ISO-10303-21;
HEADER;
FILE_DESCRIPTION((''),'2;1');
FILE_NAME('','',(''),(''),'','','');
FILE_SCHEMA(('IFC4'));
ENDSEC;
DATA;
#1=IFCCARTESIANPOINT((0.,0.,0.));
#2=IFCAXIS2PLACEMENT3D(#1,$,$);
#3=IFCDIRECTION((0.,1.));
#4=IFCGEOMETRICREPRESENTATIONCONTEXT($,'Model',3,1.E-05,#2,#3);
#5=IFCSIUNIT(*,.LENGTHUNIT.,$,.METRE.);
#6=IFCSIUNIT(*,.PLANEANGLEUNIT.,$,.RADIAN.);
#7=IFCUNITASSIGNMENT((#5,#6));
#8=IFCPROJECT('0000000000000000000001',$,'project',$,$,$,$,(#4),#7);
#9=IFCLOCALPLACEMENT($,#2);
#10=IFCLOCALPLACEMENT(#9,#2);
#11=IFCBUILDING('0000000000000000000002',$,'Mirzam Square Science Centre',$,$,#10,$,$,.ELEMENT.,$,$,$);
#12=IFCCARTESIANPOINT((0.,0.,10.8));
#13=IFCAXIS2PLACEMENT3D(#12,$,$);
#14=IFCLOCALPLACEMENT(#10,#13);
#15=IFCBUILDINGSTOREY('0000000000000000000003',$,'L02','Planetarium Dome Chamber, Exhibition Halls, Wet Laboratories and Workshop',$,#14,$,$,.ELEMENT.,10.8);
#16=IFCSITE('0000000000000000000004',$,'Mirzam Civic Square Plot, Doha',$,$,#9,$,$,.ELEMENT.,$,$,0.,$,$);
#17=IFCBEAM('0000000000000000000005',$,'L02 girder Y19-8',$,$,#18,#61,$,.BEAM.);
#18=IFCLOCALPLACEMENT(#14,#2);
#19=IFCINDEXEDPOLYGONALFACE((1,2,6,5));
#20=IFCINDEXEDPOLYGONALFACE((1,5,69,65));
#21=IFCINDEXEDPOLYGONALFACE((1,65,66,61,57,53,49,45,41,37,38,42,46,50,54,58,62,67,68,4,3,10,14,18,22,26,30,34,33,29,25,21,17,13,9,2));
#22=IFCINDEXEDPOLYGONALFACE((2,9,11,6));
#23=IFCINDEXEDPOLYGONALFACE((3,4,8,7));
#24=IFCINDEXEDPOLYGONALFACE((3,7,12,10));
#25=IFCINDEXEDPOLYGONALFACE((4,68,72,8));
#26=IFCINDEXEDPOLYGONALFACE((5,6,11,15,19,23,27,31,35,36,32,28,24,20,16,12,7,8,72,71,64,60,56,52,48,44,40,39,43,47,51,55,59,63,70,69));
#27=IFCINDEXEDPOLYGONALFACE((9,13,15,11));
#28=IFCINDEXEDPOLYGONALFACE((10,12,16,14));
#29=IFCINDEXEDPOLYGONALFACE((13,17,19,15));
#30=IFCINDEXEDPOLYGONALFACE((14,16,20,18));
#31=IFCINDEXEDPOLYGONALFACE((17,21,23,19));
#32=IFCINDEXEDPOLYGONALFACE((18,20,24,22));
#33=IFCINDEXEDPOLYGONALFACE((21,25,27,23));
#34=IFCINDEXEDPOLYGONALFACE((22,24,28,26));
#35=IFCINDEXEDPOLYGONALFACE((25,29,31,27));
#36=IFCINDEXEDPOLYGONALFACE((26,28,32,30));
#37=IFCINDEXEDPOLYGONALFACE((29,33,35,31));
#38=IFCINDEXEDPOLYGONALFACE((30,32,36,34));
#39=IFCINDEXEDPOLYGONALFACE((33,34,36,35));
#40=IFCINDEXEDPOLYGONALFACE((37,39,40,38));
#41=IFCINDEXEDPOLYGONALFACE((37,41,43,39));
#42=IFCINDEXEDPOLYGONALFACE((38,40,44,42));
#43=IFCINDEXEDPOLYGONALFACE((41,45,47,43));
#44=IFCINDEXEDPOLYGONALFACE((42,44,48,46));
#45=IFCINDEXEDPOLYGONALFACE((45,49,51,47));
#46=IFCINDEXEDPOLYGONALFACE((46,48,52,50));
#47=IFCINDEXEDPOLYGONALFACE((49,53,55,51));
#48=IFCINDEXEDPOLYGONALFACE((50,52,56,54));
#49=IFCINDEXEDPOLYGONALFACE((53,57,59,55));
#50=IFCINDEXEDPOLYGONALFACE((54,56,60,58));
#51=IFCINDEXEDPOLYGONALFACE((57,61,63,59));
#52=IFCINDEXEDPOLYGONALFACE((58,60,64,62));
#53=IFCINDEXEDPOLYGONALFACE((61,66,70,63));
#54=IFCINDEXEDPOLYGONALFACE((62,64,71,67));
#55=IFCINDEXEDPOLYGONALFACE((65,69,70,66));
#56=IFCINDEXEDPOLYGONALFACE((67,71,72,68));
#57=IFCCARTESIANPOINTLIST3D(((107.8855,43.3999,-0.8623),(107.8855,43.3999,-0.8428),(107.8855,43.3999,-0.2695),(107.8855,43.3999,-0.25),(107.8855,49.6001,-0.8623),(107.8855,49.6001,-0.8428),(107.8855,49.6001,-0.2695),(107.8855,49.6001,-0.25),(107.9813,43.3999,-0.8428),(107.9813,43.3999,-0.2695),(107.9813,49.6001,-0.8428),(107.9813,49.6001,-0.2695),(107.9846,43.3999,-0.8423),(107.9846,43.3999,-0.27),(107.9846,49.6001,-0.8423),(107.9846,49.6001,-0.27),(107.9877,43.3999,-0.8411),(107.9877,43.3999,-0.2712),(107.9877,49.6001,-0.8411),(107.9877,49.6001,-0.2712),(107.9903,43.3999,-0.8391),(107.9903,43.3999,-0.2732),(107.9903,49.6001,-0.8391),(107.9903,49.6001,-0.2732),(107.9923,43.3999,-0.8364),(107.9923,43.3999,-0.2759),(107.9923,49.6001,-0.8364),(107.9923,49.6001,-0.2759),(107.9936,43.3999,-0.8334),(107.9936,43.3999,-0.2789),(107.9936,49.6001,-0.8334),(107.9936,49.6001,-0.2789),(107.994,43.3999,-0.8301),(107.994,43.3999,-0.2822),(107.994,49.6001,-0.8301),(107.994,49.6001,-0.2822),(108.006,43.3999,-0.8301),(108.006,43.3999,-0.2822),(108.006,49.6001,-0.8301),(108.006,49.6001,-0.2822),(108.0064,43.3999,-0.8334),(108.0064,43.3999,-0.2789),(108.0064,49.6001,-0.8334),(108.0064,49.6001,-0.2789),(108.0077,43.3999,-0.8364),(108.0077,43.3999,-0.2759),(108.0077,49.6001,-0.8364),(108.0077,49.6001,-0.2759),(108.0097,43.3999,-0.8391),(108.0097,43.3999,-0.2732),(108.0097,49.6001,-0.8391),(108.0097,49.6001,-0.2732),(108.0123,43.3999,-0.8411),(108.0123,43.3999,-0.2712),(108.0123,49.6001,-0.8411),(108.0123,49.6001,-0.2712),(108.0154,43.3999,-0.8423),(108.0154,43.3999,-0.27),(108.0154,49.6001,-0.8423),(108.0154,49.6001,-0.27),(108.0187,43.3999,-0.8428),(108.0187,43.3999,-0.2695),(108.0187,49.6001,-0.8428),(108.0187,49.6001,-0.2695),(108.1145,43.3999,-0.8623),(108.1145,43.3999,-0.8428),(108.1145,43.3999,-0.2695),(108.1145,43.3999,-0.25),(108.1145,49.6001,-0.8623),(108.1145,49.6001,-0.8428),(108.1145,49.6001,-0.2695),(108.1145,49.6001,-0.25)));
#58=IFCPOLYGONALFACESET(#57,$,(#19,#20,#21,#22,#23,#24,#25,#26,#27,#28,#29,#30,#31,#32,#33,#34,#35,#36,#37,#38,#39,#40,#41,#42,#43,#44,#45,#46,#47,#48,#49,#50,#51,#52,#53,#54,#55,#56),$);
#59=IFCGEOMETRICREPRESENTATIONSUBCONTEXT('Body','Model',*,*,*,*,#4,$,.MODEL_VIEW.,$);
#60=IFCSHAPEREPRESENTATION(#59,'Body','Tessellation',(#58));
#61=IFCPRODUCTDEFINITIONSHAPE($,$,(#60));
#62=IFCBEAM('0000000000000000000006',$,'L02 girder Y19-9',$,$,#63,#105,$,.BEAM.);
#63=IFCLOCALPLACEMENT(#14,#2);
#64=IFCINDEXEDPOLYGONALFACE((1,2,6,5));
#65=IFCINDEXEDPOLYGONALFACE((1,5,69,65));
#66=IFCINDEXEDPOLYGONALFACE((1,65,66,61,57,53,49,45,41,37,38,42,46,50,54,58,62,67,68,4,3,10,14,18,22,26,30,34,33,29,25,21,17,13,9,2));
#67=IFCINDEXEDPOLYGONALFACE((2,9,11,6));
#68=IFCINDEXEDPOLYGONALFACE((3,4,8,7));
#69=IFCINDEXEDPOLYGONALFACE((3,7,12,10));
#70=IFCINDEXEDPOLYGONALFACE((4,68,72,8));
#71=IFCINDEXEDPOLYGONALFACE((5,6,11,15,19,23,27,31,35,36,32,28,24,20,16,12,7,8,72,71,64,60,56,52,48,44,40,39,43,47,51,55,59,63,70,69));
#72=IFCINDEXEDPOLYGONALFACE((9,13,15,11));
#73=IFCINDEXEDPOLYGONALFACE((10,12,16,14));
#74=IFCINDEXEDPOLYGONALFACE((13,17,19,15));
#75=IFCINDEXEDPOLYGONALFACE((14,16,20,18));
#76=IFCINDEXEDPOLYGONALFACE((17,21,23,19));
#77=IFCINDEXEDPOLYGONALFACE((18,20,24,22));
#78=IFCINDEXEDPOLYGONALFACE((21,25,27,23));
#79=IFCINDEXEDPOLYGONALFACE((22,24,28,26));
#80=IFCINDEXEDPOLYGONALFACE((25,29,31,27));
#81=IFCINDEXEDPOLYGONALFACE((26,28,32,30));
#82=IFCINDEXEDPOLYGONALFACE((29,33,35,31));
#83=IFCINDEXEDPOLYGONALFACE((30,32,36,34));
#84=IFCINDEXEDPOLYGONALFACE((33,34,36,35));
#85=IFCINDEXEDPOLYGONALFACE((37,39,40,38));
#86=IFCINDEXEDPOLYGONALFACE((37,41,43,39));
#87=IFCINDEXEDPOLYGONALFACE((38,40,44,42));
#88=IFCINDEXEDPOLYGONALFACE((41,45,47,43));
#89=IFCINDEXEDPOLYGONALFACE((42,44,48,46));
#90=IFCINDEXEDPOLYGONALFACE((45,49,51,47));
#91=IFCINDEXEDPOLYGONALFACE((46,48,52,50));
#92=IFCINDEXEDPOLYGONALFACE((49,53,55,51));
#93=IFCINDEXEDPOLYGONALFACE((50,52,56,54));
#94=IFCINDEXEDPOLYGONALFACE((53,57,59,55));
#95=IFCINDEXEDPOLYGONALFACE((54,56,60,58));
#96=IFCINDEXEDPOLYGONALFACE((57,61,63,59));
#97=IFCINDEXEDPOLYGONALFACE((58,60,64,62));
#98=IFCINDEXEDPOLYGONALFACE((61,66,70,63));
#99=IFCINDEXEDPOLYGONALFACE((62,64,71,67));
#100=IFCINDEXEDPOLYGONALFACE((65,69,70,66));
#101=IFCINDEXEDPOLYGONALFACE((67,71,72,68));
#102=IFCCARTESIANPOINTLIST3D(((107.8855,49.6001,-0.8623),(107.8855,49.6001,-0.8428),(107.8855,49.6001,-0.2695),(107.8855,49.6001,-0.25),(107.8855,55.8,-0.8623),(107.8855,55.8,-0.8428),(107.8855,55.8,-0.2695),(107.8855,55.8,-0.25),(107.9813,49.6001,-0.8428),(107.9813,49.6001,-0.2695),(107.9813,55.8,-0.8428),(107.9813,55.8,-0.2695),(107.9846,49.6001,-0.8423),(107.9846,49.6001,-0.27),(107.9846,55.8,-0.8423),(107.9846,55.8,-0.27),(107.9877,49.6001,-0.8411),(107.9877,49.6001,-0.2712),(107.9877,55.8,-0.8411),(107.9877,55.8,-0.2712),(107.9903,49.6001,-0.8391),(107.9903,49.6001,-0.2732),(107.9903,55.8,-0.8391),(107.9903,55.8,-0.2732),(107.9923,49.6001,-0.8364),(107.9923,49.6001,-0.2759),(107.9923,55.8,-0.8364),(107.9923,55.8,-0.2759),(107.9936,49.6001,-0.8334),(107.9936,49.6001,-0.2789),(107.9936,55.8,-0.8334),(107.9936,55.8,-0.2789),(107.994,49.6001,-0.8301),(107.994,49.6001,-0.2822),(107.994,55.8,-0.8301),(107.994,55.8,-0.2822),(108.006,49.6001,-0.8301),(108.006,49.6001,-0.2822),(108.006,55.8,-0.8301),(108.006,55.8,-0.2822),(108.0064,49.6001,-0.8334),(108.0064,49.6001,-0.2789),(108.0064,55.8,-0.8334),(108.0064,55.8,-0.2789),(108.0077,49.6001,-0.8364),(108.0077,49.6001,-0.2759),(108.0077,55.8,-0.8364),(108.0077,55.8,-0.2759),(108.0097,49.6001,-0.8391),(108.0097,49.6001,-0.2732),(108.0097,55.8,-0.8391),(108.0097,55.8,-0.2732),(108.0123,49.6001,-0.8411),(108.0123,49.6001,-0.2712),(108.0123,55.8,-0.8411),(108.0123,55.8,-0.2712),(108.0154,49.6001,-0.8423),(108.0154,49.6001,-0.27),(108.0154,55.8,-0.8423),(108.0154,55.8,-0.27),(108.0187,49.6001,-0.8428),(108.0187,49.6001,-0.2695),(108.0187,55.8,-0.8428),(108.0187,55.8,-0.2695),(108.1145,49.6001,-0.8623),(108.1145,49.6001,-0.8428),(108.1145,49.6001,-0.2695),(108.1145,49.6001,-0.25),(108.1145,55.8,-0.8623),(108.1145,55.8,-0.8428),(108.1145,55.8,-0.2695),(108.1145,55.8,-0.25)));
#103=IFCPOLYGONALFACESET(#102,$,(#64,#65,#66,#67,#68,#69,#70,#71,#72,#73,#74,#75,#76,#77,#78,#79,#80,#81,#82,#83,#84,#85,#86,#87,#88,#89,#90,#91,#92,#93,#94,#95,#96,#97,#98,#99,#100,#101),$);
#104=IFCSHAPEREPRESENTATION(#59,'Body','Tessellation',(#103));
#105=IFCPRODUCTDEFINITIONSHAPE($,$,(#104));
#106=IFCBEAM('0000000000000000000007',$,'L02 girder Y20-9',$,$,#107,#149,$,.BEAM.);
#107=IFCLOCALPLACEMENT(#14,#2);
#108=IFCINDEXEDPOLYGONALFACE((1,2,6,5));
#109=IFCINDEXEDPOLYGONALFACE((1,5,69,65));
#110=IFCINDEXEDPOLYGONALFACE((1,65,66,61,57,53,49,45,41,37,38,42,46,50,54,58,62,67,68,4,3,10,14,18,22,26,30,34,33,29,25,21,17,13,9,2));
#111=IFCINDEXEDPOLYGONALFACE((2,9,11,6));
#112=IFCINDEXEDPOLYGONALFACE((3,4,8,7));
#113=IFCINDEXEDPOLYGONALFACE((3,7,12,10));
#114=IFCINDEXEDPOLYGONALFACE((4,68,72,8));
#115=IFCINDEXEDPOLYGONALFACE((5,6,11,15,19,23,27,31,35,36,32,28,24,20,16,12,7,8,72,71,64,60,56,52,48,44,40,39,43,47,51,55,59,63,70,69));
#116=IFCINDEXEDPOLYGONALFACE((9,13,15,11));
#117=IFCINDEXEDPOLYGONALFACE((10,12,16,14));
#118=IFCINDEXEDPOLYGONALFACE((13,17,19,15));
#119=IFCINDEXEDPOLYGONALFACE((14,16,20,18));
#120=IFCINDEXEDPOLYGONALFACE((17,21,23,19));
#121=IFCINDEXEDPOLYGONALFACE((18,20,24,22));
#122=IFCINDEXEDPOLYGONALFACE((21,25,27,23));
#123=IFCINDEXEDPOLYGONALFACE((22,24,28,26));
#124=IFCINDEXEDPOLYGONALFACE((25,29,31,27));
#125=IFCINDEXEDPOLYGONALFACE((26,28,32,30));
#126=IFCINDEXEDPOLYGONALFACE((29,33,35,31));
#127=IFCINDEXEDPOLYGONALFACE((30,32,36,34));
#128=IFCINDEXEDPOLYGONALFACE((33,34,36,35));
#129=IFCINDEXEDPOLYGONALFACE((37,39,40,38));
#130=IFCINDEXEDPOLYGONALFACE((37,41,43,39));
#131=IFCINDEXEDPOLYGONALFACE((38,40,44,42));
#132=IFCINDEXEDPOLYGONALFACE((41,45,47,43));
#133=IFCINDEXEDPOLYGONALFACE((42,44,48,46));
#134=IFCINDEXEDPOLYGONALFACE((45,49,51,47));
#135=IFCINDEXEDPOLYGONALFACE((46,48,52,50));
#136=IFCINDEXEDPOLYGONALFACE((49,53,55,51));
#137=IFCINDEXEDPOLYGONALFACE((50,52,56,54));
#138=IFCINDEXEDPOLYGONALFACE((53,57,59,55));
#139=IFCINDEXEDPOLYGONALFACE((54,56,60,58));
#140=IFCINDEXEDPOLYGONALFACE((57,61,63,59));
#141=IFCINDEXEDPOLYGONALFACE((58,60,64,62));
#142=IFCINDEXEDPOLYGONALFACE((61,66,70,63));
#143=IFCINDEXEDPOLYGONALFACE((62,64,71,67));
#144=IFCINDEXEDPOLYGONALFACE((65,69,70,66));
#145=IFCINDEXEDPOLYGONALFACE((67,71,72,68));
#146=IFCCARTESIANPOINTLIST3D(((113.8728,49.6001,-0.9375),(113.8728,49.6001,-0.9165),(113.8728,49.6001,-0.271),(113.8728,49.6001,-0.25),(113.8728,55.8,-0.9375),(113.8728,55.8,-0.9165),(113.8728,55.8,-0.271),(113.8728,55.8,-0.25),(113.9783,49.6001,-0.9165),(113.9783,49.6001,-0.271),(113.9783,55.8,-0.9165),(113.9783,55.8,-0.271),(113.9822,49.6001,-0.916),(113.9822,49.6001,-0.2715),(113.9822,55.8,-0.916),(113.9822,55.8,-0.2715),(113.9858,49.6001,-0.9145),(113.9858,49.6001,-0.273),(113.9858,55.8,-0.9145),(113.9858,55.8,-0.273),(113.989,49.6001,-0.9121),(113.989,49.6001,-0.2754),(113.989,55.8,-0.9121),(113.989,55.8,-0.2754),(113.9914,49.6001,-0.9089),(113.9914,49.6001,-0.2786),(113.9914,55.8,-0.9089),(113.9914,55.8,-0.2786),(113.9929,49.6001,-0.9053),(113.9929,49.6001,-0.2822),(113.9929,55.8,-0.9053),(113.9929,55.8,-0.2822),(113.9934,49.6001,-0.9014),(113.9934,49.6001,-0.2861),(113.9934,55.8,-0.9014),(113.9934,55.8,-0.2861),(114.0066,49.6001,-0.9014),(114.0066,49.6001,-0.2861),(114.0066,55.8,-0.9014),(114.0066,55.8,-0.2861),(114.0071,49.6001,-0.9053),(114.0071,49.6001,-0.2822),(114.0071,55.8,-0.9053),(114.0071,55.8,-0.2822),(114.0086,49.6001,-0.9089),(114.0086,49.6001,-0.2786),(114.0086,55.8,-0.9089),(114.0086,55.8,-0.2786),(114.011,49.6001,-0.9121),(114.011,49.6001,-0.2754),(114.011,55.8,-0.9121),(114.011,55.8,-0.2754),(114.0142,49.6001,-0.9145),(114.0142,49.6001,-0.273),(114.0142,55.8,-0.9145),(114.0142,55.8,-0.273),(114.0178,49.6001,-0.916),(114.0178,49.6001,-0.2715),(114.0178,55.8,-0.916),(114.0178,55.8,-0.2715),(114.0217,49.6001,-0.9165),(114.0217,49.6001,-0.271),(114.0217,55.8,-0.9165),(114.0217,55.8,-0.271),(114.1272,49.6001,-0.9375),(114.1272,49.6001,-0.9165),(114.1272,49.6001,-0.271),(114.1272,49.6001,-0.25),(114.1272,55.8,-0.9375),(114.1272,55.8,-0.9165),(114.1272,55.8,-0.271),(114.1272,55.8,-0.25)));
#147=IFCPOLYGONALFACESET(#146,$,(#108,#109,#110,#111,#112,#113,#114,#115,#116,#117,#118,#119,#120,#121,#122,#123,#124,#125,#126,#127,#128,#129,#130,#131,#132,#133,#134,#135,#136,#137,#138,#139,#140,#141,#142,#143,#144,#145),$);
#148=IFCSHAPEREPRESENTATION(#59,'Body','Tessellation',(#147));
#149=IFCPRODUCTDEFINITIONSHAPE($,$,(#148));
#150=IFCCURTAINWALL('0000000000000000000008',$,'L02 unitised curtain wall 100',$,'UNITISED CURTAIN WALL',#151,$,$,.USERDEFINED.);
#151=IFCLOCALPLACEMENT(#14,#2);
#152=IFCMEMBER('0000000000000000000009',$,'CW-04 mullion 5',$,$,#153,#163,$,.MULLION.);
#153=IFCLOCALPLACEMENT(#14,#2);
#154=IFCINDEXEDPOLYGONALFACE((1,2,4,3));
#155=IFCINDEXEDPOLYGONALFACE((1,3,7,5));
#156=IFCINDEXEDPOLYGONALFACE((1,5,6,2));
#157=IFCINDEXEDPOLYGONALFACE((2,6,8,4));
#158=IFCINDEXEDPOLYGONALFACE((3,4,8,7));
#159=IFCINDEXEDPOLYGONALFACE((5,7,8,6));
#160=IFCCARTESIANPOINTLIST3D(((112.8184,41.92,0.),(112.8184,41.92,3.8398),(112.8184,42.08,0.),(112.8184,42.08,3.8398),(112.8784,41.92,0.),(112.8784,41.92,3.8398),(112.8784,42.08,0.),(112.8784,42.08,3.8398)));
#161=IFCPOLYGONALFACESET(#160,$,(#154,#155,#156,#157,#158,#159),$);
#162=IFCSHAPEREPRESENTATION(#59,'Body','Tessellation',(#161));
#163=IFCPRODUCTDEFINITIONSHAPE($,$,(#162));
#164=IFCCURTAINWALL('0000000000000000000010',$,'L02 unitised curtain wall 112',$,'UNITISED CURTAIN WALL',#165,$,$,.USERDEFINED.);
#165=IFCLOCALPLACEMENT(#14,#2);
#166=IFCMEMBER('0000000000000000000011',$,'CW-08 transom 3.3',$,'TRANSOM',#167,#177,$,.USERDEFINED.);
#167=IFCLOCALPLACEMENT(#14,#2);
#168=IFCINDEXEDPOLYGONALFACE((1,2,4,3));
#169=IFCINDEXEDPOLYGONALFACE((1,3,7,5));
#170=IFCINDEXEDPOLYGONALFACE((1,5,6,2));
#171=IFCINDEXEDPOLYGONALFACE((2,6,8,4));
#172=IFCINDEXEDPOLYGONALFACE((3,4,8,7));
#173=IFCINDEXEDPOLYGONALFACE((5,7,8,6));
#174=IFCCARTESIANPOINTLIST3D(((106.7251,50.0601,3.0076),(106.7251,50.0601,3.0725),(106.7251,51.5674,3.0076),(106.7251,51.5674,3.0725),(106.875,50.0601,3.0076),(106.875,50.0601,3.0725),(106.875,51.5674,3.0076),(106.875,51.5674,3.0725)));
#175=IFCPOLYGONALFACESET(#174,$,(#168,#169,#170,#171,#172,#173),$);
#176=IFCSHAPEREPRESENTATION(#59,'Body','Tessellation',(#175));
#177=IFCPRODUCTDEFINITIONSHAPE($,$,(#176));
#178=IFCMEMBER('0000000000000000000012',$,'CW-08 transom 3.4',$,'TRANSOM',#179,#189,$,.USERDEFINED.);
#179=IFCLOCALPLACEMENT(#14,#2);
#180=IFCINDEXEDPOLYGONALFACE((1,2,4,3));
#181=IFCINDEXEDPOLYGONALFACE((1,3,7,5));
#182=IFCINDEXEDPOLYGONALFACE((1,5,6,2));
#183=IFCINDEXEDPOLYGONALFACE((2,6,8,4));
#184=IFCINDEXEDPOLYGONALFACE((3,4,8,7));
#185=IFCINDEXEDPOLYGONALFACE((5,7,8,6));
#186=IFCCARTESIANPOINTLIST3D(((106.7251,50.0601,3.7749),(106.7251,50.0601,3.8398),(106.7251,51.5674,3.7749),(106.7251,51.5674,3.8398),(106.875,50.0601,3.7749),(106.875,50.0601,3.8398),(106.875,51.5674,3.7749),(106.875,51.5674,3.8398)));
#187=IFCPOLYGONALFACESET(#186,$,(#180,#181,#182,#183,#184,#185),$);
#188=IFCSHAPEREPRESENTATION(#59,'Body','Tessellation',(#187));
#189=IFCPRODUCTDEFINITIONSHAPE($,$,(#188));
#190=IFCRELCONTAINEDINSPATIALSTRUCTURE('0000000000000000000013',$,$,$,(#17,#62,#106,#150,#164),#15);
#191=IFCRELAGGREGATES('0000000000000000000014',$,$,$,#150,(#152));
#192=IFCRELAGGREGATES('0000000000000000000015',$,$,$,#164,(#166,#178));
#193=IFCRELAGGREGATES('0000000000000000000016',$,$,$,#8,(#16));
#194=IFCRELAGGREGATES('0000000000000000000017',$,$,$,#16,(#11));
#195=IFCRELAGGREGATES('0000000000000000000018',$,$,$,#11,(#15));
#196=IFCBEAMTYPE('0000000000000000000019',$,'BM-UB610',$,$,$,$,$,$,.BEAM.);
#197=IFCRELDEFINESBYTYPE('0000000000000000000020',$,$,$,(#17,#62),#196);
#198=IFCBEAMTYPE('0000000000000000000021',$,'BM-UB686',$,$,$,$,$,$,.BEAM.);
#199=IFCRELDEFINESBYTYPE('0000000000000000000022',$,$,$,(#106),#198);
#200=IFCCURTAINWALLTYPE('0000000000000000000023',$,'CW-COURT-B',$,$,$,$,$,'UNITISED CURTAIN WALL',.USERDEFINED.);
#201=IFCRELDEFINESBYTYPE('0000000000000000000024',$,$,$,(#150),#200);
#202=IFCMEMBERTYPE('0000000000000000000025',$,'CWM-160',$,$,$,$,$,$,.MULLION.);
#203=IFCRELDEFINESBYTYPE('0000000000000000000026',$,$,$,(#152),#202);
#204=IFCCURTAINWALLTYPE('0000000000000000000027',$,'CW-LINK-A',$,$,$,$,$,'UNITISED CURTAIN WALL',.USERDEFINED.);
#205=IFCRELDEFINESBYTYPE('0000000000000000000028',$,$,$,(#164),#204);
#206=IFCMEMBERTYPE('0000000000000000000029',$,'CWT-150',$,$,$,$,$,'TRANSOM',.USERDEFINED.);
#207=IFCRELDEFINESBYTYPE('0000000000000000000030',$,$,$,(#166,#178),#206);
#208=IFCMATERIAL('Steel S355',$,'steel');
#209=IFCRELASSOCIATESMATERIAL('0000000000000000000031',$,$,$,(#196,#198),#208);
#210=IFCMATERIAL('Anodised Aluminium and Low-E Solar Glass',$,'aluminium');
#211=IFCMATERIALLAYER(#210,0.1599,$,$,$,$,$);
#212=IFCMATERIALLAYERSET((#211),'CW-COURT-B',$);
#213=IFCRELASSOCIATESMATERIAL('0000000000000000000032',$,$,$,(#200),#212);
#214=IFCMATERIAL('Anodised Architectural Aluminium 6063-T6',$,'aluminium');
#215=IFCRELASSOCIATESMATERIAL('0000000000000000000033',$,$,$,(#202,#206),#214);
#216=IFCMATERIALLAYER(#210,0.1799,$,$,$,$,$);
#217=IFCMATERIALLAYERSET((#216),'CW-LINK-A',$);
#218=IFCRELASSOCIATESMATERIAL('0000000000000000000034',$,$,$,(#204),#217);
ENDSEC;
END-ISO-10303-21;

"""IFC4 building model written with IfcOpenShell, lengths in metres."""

from ifc_helpers import new_model, si_unit, direction, frame, origin, origin_2d, place, context, subcontext, project, spatial, rectangle, i_section, extrude, material, layer, layer_set, material_profile, profile_set, type_object, element, aggregate, save


model = new_model("IFC4")

# Units and contexts
model_context = context("Model", 3, precision=1e-05, world=origin(), true_north=direction((0.0, 1.0)))
body_context = subcontext(model_context, "Body", "Model", "MODEL_VIEW")
ifc_project = project(units=[si_unit("LENGTHUNIT", "METRE"), si_unit("PLANEANGLEUNIT", "RADIAN")], contexts=[model_context])

# Site, building, storey
site_placement = place(None, origin())
site = spatial("IfcSite", under=ifc_project, at=site_placement, Name="Mirzam Civic Square Plot, Doha", CompositionType="ELEMENT", RefElevation=0.0)
building_placement = place(site_placement, origin())
building = spatial("IfcBuilding", under=site, at=building_placement, Name="Mirzam Square Science Centre", CompositionType="ELEMENT")
storey_placement = place(building_placement, frame((0.0, 0.0, 10.8)))
storey = spatial("IfcBuildingStorey", under=building, at=storey_placement, Name="L02", Description="Planetarium Dome Chamber, Exhibition Halls, Wet Laboratories and Workshop", CompositionType="ELEMENT", Elevation=10.8)

# Shared definitions
ifc_material_1 = material(Name="Steel S355", Category="steel")

# Beams
ifc_material_profile_1 = material_profile(ifc_material_1, i_section(OverallWidth=0.229, OverallDepth=0.6123, WebThickness=0.012, FlangeThickness=0.0195, FilletRadius=0.0127, at=origin_2d()), Name="610x229x125UB")
ifc_profile_set_1 = profile_set([ifc_material_profile_1], Name="Steel S355")
beam_type_1 = type_object("IfcBeamType", Name="BM-UB610", PredefinedType="BEAM", material=ifc_profile_set_1)
beam_1_placement = place(storey_placement, frame((108.0, 43.3999, -0.5562), z_axis=(0.0, 1.0, 0.0), x_axis=(-1.0, 0.0, 0.0)))
element("IfcBeam", 1, at=beam_1_placement, inside=storey, type_object=beam_type_1, Name="L02 girder Y19-8", PredefinedType="BEAM", context=body_context, shape_type="SweptSolid", body=[
    extrude(i_section(OverallWidth=0.229, OverallDepth=0.6123, WebThickness=0.012, FlangeThickness=0.0195, FilletRadius=0.0127, at=origin_2d()), origin(), (0.0, 0.0, 1.0), 6.2002),
])
beam_2_placement = place(storey_placement, frame((108.0, 49.6001, -0.5562), z_axis=(0.0, 1.0, 0.0), x_axis=(-1.0, 0.0, 0.0)))
element("IfcBeam", 2, at=beam_2_placement, inside=storey, type_object=beam_type_1, Name="L02 girder Y19-9", PredefinedType="BEAM", context=body_context, shape_type="SweptSolid", body=[
    extrude(i_section(OverallWidth=0.229, OverallDepth=0.6123, WebThickness=0.012, FlangeThickness=0.0195, FilletRadius=0.0127, at=origin_2d()), origin(), (0.0, 0.0, 1.0), 6.2),
])
ifc_material_profile_2 = material_profile(ifc_material_1, i_section(OverallWidth=0.2544, OverallDepth=0.6875, WebThickness=0.0132, FlangeThickness=0.021, FilletRadius=0.0151, at=origin_2d()), Name="686x254x152UB")
ifc_profile_set_2 = profile_set([ifc_material_profile_2], Name="Steel S355")
beam_type_2 = type_object("IfcBeamType", Name="BM-UB686", PredefinedType="BEAM", material=ifc_profile_set_2)
beam_3_placement = place(storey_placement, frame((114.0, 49.6001, -0.5938), z_axis=(0.0, 1.0, 0.0), x_axis=(-1.0, 0.0, 0.0)))
element("IfcBeam", 3, at=beam_3_placement, inside=storey, type_object=beam_type_2, Name="L02 girder Y20-9", PredefinedType="BEAM", context=body_context, shape_type="SweptSolid", body=[
    extrude(i_section(OverallWidth=0.2544, OverallDepth=0.6875, WebThickness=0.0132, FlangeThickness=0.021, FilletRadius=0.0151, at=origin_2d()), origin(), (0.0, 0.0, 1.0), 6.2),
])

# Curtain wall, member
ifc_material_2 = material(Name="Anodised Aluminium and Low-E Solar Glass", Category="aluminium")
ifc_layer_1 = layer(ifc_material_2, 0.1599)
ifc_layer_set_1 = layer_set([ifc_layer_1], Name="CW-COURT-B")
curtain_wall_type_1 = type_object("IfcCurtainWallType", Name="CW-COURT-B", ElementType="UNITISED CURTAIN WALL", PredefinedType="USERDEFINED", material=ifc_layer_set_1)
curtain_wall_1_placement = place(storey_placement, origin())
curtain_wall_1 = element("IfcCurtainWall", 4, at=curtain_wall_1_placement, inside=storey, type_object=curtain_wall_type_1, Name="L02 unitised curtain wall 100", ObjectType="UNITISED CURTAIN WALL", PredefinedType="USERDEFINED")
ifc_material_3 = material(Name="Anodised Architectural Aluminium 6063-T6", Category="aluminium")
ifc_material_profile_3 = material_profile(ifc_material_3, rectangle(XDim=0.0601, YDim=0.1599, at=origin_2d()), Name="ALU-MULL-160x60x4")
ifc_profile_set_3 = profile_set([ifc_material_profile_3], Name="Anodised Architectural Aluminium 6063-T6")
member_type_1 = type_object("IfcMemberType", Name="CWM-160", PredefinedType="MULLION", material=ifc_profile_set_3)
member_1_placement = place(storey_placement, frame((112.8484, 42.0, 0.0), z_axis=(0.0, 0.0, 1.0), x_axis=(1.0, 0.0, 0.0)))
member_1 = element("IfcMember", 5, at=member_1_placement, type_object=member_type_1, Name="CW-04 mullion 5", PredefinedType="MULLION", context=body_context, shape_type="SweptSolid", body=[
    extrude(rectangle(XDim=0.0601, YDim=0.1599, at=origin_2d()), origin(), (0.0, 0.0, 1.0), 3.8398),
])
aggregate(curtain_wall_1, [member_1])

# Curtain wall, members
ifc_layer_2 = layer(ifc_material_2, 0.1799)
ifc_layer_set_2 = layer_set([ifc_layer_2], Name="CW-LINK-A")
curtain_wall_type_2 = type_object("IfcCurtainWallType", Name="CW-LINK-A", ElementType="UNITISED CURTAIN WALL", PredefinedType="USERDEFINED", material=ifc_layer_set_2)
curtain_wall_2_placement = place(storey_placement, origin())
curtain_wall_2 = element("IfcCurtainWall", 6, at=curtain_wall_2_placement, inside=storey, type_object=curtain_wall_type_2, Name="L02 unitised curtain wall 112", ObjectType="UNITISED CURTAIN WALL", PredefinedType="USERDEFINED")
ifc_material_profile_4 = material_profile(ifc_material_3, rectangle(XDim=0.1499, YDim=0.0649, at=origin_2d()), Name="ALU-TRAN-150x65x4")
ifc_profile_set_4 = profile_set([ifc_material_profile_4], Name="Anodised Architectural Aluminium 6063-T6")
member_type_2 = type_object("IfcMemberType", Name="CWT-150", ElementType="TRANSOM", PredefinedType="USERDEFINED", material=ifc_profile_set_4)
member_2_placement = place(storey_placement, frame((106.8, 51.5674, 3.04), z_axis=(0.0, -1.0, 0.0), x_axis=(1.0, 0.0, 0.0)))
member_2 = element("IfcMember", 7, at=member_2_placement, type_object=member_type_2, Name="CW-08 transom 3.3", ObjectType="TRANSOM", PredefinedType="USERDEFINED", context=body_context, shape_type="SweptSolid", body=[
    extrude(rectangle(XDim=0.1499, YDim=0.0649, at=origin_2d()), origin(), (0.0, 0.0, 1.0), 1.5073),
])
member_3_placement = place(storey_placement, frame((106.8, 51.5674, 3.8074), z_axis=(0.0, -1.0, 0.0), x_axis=(1.0, 0.0, 0.0)))
member_3 = element("IfcMember", 8, at=member_3_placement, type_object=member_type_2, Name="CW-08 transom 3.4", ObjectType="TRANSOM", PredefinedType="USERDEFINED", context=body_context, shape_type="SweptSolid", body=[
    extrude(rectangle(XDim=0.1499, YDim=0.0649, at=origin_2d()), origin(), (0.0, 0.0, 1.0), 1.5073),
])
aggregate(curtain_wall_2, [member_2, member_3])

save(model, "model.ifc")
